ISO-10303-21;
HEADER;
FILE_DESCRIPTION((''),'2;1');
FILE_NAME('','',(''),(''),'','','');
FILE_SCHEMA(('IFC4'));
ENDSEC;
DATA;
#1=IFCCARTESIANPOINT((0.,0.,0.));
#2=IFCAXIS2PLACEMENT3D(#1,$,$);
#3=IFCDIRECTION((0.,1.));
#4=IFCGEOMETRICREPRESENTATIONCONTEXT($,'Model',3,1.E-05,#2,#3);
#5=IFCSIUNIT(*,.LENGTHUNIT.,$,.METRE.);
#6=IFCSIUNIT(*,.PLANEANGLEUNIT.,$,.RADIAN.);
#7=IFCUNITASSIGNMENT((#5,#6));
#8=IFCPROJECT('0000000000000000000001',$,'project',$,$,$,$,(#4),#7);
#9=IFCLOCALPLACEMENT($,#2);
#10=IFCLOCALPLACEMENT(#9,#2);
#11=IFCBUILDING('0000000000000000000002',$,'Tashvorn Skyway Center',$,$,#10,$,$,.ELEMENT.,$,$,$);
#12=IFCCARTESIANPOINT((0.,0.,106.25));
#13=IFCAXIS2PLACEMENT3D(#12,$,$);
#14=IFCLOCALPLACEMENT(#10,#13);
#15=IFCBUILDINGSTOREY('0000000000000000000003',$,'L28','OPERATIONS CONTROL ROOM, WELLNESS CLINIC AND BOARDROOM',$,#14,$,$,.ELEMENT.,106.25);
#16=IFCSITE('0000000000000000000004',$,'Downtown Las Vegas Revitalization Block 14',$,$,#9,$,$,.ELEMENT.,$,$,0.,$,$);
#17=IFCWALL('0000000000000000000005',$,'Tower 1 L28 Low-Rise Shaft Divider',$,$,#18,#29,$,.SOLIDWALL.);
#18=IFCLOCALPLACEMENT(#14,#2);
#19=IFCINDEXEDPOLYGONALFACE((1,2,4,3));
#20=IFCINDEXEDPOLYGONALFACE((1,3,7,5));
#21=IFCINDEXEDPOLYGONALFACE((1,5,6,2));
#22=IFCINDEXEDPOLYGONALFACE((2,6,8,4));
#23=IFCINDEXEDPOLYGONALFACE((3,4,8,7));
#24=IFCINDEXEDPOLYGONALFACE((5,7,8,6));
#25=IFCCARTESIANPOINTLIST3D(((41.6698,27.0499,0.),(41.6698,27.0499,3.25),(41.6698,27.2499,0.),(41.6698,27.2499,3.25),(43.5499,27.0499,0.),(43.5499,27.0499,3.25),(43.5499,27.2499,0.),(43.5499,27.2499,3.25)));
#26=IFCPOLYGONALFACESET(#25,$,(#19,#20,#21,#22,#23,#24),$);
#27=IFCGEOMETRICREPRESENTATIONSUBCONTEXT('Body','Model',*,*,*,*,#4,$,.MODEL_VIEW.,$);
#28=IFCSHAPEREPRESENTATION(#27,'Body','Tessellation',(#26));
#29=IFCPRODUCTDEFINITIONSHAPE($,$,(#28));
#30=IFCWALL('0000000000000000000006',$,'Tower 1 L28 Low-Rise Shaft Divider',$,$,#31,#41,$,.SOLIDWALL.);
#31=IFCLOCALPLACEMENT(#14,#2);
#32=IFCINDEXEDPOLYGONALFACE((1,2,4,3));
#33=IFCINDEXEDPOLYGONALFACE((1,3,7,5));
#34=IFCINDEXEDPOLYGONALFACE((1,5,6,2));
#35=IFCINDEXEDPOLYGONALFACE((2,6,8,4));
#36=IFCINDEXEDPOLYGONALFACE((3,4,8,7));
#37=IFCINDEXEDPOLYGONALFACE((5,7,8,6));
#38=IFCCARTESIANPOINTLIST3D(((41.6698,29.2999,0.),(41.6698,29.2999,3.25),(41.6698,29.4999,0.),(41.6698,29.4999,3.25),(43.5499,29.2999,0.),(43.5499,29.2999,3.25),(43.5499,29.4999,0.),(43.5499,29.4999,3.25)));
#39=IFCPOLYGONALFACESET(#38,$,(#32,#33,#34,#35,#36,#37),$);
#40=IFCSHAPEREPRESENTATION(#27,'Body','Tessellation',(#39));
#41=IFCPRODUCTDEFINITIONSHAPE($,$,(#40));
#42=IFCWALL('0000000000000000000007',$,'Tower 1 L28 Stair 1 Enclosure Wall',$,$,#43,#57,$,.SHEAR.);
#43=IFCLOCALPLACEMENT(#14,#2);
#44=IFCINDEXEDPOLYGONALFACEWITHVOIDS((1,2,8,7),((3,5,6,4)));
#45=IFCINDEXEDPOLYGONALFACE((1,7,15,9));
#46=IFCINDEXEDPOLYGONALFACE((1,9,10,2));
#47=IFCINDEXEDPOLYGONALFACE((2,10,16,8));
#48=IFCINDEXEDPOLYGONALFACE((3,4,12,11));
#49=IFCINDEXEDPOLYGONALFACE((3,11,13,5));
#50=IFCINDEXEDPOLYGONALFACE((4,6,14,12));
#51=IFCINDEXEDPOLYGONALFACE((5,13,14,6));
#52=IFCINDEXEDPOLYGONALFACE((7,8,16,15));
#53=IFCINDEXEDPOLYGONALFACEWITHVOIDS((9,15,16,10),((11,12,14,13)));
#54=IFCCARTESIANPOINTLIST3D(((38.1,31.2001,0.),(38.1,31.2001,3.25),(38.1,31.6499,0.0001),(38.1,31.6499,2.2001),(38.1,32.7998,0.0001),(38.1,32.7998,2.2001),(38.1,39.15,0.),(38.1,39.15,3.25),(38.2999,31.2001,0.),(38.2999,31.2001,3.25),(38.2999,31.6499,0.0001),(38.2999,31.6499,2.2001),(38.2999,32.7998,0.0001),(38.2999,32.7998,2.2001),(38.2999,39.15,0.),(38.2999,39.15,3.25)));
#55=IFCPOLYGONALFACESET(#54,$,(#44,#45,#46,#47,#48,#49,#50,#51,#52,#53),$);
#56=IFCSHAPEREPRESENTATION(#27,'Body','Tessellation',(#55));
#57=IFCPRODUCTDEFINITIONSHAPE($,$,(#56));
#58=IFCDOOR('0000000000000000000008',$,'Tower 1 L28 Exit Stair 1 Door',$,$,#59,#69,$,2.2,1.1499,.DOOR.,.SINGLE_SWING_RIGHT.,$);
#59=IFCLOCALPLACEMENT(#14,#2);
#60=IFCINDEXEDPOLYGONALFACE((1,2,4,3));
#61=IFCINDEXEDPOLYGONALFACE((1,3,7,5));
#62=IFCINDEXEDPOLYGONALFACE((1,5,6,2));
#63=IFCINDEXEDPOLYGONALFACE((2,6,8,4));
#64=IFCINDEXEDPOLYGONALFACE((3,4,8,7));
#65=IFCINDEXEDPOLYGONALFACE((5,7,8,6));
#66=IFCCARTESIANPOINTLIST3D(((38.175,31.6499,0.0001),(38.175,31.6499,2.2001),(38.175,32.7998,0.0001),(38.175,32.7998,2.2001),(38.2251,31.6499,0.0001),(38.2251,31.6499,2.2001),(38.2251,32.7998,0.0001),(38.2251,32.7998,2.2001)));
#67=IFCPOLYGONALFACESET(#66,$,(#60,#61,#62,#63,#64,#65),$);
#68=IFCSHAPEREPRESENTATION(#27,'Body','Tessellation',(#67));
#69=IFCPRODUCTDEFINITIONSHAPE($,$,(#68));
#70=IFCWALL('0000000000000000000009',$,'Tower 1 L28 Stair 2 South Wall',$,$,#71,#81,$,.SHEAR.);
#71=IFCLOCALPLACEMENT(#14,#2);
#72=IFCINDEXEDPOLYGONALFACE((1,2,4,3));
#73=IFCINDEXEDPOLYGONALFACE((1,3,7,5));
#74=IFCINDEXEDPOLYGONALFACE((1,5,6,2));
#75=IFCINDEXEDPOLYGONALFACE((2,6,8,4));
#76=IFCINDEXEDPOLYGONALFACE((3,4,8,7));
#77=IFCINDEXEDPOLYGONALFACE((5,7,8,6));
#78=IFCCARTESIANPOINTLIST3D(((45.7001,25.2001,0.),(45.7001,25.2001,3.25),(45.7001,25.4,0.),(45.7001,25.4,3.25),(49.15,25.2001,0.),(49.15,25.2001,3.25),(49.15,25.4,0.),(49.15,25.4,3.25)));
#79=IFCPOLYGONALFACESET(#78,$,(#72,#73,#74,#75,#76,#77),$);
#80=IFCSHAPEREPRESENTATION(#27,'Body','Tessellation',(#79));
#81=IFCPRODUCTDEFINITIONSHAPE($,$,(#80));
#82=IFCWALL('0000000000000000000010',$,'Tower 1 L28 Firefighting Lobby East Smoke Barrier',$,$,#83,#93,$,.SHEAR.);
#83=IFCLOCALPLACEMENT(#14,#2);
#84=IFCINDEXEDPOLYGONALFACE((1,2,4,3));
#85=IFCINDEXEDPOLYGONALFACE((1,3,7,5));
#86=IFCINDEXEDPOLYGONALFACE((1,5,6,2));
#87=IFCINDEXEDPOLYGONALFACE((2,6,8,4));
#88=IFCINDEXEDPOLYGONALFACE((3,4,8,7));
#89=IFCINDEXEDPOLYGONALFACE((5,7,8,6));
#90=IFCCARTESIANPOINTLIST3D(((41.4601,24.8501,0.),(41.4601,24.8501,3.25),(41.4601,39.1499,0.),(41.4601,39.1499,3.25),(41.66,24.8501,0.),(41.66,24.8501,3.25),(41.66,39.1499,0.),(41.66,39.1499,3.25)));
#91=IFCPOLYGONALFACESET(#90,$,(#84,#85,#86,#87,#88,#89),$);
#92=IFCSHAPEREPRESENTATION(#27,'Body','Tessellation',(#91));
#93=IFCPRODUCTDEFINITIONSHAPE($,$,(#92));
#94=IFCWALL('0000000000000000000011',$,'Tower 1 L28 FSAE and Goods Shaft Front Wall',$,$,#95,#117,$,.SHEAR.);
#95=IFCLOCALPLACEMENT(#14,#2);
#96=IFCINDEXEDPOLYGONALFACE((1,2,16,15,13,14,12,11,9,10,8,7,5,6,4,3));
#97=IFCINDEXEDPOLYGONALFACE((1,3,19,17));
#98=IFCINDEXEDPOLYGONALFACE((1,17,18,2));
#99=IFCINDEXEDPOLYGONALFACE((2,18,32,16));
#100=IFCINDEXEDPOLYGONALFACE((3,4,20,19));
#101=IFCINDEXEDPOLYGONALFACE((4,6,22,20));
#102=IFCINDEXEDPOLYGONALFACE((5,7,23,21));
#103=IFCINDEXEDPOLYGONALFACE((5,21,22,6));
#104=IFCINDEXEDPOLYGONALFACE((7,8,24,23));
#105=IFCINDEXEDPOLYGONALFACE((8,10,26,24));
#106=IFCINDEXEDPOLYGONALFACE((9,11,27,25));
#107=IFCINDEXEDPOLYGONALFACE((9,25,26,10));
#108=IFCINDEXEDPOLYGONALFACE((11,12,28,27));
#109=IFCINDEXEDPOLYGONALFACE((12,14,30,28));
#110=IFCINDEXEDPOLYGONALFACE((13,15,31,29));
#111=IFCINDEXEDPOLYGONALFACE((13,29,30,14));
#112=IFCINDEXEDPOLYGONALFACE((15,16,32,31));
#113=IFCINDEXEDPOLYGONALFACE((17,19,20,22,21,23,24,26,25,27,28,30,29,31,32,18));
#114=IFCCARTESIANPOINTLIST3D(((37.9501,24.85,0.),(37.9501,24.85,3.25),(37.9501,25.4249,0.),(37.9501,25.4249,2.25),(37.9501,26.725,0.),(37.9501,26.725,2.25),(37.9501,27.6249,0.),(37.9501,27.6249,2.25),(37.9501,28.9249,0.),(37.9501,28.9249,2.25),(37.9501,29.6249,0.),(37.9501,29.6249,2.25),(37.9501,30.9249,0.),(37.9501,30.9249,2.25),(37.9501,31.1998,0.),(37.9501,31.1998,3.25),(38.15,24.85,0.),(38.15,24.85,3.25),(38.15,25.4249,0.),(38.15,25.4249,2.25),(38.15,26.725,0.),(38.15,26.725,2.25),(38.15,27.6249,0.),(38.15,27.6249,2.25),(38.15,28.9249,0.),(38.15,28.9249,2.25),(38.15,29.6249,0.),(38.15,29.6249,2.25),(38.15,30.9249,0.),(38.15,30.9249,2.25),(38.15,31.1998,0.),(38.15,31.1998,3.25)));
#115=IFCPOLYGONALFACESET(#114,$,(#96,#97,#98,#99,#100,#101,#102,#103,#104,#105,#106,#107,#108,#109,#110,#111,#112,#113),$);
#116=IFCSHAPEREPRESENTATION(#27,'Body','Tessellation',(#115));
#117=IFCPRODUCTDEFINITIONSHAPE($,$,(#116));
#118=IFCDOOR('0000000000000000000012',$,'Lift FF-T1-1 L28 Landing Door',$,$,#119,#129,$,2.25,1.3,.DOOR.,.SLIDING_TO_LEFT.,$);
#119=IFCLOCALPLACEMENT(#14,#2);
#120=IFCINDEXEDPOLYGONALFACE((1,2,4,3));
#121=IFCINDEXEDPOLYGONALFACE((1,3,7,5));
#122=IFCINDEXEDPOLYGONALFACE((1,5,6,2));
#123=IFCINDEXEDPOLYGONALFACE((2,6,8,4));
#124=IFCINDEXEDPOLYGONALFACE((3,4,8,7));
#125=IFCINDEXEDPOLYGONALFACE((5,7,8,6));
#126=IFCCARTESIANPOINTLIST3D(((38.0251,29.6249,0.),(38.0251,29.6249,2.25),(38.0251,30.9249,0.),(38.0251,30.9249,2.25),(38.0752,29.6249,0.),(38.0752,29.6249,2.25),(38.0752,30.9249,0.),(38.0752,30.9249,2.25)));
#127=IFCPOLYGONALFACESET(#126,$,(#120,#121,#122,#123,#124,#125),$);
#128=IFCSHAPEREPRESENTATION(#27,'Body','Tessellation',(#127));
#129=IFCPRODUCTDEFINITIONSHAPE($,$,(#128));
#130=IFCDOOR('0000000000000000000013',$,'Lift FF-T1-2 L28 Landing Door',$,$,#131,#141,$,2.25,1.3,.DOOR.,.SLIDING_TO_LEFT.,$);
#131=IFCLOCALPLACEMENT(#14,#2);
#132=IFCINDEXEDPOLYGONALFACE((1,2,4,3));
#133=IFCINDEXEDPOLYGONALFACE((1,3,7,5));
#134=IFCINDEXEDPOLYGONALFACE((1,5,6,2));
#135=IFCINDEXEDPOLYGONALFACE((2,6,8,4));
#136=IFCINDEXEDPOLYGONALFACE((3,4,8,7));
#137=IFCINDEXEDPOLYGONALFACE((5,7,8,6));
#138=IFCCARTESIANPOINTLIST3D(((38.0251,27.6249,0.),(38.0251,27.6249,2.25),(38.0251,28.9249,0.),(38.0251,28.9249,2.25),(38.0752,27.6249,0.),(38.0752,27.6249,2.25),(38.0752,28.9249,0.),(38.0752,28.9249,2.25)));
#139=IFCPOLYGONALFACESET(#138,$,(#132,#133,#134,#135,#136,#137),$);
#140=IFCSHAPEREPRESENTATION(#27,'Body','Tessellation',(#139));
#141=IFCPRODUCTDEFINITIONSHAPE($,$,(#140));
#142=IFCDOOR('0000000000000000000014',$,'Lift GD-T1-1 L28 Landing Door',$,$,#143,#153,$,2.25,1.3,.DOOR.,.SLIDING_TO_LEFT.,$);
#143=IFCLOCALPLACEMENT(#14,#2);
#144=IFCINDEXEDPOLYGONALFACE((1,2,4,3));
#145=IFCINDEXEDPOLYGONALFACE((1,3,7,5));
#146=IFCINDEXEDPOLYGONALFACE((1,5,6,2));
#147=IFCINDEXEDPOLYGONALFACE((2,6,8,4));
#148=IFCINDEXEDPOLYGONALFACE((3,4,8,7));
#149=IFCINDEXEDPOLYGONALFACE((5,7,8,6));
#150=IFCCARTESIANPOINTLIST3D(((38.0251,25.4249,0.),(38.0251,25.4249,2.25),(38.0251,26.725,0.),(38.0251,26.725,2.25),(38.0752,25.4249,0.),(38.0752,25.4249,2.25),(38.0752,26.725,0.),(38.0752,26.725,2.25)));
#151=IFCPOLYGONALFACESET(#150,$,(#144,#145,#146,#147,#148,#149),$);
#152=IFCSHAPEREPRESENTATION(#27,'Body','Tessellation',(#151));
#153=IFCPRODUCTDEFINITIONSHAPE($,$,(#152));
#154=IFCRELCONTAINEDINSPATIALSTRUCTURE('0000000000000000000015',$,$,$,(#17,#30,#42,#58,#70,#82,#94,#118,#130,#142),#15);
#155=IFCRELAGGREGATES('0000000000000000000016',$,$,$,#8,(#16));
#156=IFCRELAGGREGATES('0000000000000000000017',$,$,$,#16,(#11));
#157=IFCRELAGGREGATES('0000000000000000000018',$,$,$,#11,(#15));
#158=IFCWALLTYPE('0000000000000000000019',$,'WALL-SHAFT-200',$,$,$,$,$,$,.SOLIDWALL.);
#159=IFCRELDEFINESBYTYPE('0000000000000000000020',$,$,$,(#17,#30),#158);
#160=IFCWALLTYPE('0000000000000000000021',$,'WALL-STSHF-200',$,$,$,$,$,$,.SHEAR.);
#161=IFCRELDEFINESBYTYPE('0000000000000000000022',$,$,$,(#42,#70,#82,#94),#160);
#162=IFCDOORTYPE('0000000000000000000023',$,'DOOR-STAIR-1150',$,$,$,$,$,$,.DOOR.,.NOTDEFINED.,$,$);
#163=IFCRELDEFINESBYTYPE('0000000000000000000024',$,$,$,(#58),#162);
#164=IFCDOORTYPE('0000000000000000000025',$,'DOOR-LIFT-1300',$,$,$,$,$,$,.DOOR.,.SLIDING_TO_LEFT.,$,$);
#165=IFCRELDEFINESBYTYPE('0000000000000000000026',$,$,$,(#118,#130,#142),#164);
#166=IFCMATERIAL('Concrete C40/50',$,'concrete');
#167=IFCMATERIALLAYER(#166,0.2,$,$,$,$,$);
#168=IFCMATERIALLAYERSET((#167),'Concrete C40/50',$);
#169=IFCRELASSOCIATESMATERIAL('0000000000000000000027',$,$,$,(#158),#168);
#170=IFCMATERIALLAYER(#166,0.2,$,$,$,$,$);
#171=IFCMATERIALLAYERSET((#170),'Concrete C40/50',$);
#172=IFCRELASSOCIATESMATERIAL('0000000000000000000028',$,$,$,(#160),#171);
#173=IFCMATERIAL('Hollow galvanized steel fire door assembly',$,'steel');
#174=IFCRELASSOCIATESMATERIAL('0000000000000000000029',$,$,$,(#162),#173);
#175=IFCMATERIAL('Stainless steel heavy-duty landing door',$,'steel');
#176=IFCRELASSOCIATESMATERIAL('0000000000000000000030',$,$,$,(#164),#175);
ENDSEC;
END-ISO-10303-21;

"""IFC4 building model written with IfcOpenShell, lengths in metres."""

from ifc_helpers import new_model, si_unit, direction, frame, frame_2d, origin, place, context, subcontext, project, spatial, rectangle, extrude, material, layer, layer_set, type_object, element, fill, save


model = new_model("IFC4")

# Units and contexts
model_context = context("Model", 3, precision=1e-05, world=origin(), true_north=direction((0.0, 1.0)))
body_context = subcontext(model_context, "Body", "Model", "MODEL_VIEW")
ifc_project = project(units=[si_unit("LENGTHUNIT", "METRE"), si_unit("PLANEANGLEUNIT", "RADIAN")], contexts=[model_context])

# Site, building, storey
site_placement = place(None, origin())
site = spatial("IfcSite", under=ifc_project, at=site_placement, Name="Downtown Las Vegas Revitalization Block 14", CompositionType="ELEMENT", RefElevation=0.0)
building_placement = place(site_placement, origin())
building = spatial("IfcBuilding", under=site, at=building_placement, Name="Tashvorn Skyway Center", CompositionType="ELEMENT")
storey_placement = place(building_placement, frame((0.0, 0.0, 106.25)))
storey = spatial("IfcBuildingStorey", under=building, at=storey_placement, Name="L28", Description="OPERATIONS CONTROL ROOM, WELLNESS CLINIC AND BOARDROOM", CompositionType="ELEMENT", Elevation=106.25)

# Shared definitions
ifc_material_1 = material(Name="Concrete C40/50", Category="concrete")
ifc_material_2 = material(Name="Hollow galvanized steel fire door assembly", Category="steel")

# Shared definitions
ifc_layer_1 = layer(ifc_material_1, 0.2)
ifc_layer_set_1 = layer_set([ifc_layer_1], Name="Concrete C40/50")
wall_type_1 = type_object("IfcWallType", Name="WALL-SHAFT-200", PredefinedType="SOLIDWALL", material=ifc_layer_set_1)

# Walls
for number, where, z_axis, x_axis, name in (
    (1, (41.6699, 27.1499, 0.0), (0.0, 0.0, 1.0), (1.0, 0.0, 0.0), "Tower 1 L28 Low-Rise Shaft Divider"),
    (2, (41.6699, 29.3999, 0.0), (0.0, 0.0, 1.0), (1.0, 0.0, 0.0), "Tower 1 L28 Low-Rise Shaft Divider"),
):
    element("IfcWall", number, at=place(storey_placement, frame(where, z_axis=z_axis, x_axis=x_axis)), inside=storey, type_object=wall_type_1, Name=name, PredefinedType="SOLIDWALL", context=body_context, shape_type="SweptSolid", body=[
        extrude(rectangle(XDim=1.8801, YDim=0.2, at=frame_2d((0.9399, 0.0))), origin(), (0.0, 0.0, 1.0), 3.25),
    ])

# Wall, opening, door
ifc_layer_2 = layer(ifc_material_1, 0.2)
ifc_layer_set_2 = layer_set([ifc_layer_2], Name="Concrete C40/50")
wall_type_2 = type_object("IfcWallType", Name="WALL-STSHF-200", PredefinedType="SHEAR", material=ifc_layer_set_2)
wall_1_placement = place(storey_placement, frame((38.2, 31.2, 0.0), z_axis=(0.0, 0.0, 1.0), x_axis=(0.0, 1.0, 0.0)))
wall_1 = element("IfcWall", 3, at=wall_1_placement, inside=storey, type_object=wall_type_2, Name="Tower 1 L28 Stair 1 Enclosure Wall", PredefinedType="SHEAR", context=body_context, shape_type="SweptSolid", body=[
    extrude(rectangle(XDim=7.95, YDim=0.2, at=frame_2d((3.9751, 0.0))), origin(), (0.0, 0.0, 1.0), 3.25),
])
opening_1_placement = place(wall_1_placement, frame((0.45, 0.0, 0.0)))
opening_1 = element("IfcOpeningElement", 4, at=opening_1_placement, cuts=wall_1, PredefinedType="OPENING", context=body_context, shape_type="SweptSolid", body=[
    extrude(rectangle(XDim=1.1499, YDim=2.2, at=frame_2d((0.575, 1.1001))), frame((0.0, 0.1099, 0.0), z_axis=(0.0, -1.0, 0.0), x_axis=(1.0, 0.0, 0.0)), (0.0, 0.0, 1.0), 0.22),
])
door_type_1 = type_object("IfcDoorType", Name="DOOR-STAIR-1150", OperationType="NOTDEFINED", PredefinedType="DOOR", material=ifc_material_2)
door_1_placement = place(opening_1_placement, origin())
door_1 = element("IfcDoor", 5, at=door_1_placement, inside=storey, type_object=door_type_1, Name="Tower 1 L28 Exit Stair 1 Door", OperationType="SINGLE_SWING_RIGHT", OverallHeight=2.2, OverallWidth=1.1499, PredefinedType="DOOR", context=body_context, shape_type="SweptSolid", body=[
    extrude(rectangle(XDim=1.1499, YDim=2.2, at=frame_2d((0.575, 1.1001))), frame((0.0, 0.0249, 0.0), z_axis=(0.0, -1.0, 0.0), x_axis=(1.0, 0.0, 0.0)), (0.0, 0.0, 1.0), 0.05),
])
fill(opening_1, door_1)

# Walls
wall_2_placement = place(storey_placement, frame((45.7, 25.3, 0.0), z_axis=(0.0, 0.0, 1.0), x_axis=(1.0, 0.0, 0.0)))
element("IfcWall", 6, at=wall_2_placement, inside=storey, type_object=wall_type_2, Name="Tower 1 L28 Stair 2 South Wall", PredefinedType="SHEAR", context=body_context, shape_type="SweptSolid", body=[
    extrude(rectangle(XDim=3.45, YDim=0.2, at=frame_2d((1.7251, 0.0))), origin(), (0.0, 0.0, 1.0), 3.25),
])
wall_3_placement = place(storey_placement, frame((41.5601, 24.8501, 0.0), z_axis=(0.0, 0.0, 1.0), x_axis=(0.0, 1.0, 0.0)))
element("IfcWall", 7, at=wall_3_placement, inside=storey, type_object=wall_type_2, Name="Tower 1 L28 Firefighting Lobby East Smoke Barrier", PredefinedType="SHEAR", context=body_context, shape_type="SweptSolid", body=[
    extrude(rectangle(XDim=14.2998, YDim=0.2, at=frame_2d((7.1499, 0.0))), origin(), (0.0, 0.0, 1.0), 3.25),
])

# Wall, openings, doors
wall_4_placement = place(storey_placement, frame((38.05, 24.8501, 0.0), z_axis=(0.0, 0.0, 1.0), x_axis=(0.0, 1.0, 0.0)))
wall_4 = element("IfcWall", 8, at=wall_4_placement, inside=storey, type_object=wall_type_2, Name="Tower 1 L28 FSAE and Goods Shaft Front Wall", PredefinedType="SHEAR", context=body_context, shape_type="SweptSolid", body=[
    extrude(rectangle(XDim=6.3499, YDim=0.2, at=frame_2d((3.1748, 0.0))), origin(), (0.0, 0.0, 1.0), 3.25),
])
opening_2_placement = place(wall_4_placement, frame((4.7749, 0.0, 0.0)))
opening_2 = element("IfcOpeningElement", 9, at=opening_2_placement, cuts=wall_4, PredefinedType="OPENING", context=body_context, shape_type="SweptSolid", body=[
    extrude(rectangle(XDim=1.3, YDim=2.25, at=frame_2d((0.6499, 1.125))), frame((0.0, 0.1099, 0.0), z_axis=(0.0, -1.0, 0.0), x_axis=(1.0, 0.0, 0.0)), (0.0, 0.0, 1.0), 0.22),
])
opening_3_placement = place(wall_4_placement, frame((2.7749, 0.0, 0.0)))
opening_3 = element("IfcOpeningElement", 10, at=opening_3_placement, cuts=wall_4, PredefinedType="OPENING", context=body_context, shape_type="SweptSolid", body=[
    extrude(rectangle(XDim=1.3, YDim=2.25, at=frame_2d((0.6499, 1.125))), frame((0.0, 0.1099, 0.0), z_axis=(0.0, -1.0, 0.0), x_axis=(1.0, 0.0, 0.0)), (0.0, 0.0, 1.0), 0.22),
])
opening_4_placement = place(wall_4_placement, frame((0.575, 0.0, 0.0)))
opening_4 = element("IfcOpeningElement", 11, at=opening_4_placement, cuts=wall_4, PredefinedType="OPENING", context=body_context, shape_type="SweptSolid", body=[
    extrude(rectangle(XDim=1.3, YDim=2.25, at=frame_2d((0.6499, 1.125))), frame((0.0, 0.1099, 0.0), z_axis=(0.0, -1.0, 0.0), x_axis=(1.0, 0.0, 0.0)), (0.0, 0.0, 1.0), 0.22),
])
ifc_material_3 = material(Name="Stainless steel heavy-duty landing door", Category="steel")
door_type_2 = type_object("IfcDoorType", Name="DOOR-LIFT-1300", OperationType="SLIDING_TO_LEFT", PredefinedType="DOOR", material=ifc_material_3)
door_2_placement = place(opening_2_placement, origin())
door_2 = element("IfcDoor", 12, at=door_2_placement, inside=storey, type_object=door_type_2, Name="Lift FF-T1-1 L28 Landing Door", OperationType="SLIDING_TO_LEFT", OverallHeight=2.25, OverallWidth=1.3, PredefinedType="DOOR", context=body_context, shape_type="SweptSolid", body=[
    extrude(rectangle(XDim=1.3, YDim=2.25, at=frame_2d((0.6499, 1.125))), frame((0.0, 0.0249, 0.0), z_axis=(0.0, -1.0, 0.0), x_axis=(1.0, 0.0, 0.0)), (0.0, 0.0, 1.0), 0.05),
])
fill(opening_2, door_2)
door_3_placement = place(opening_3_placement, origin())
door_3 = element("IfcDoor", 13, at=door_3_placement, inside=storey, type_object=door_type_2, Name="Lift FF-T1-2 L28 Landing Door", OperationType="SLIDING_TO_LEFT", OverallHeight=2.25, OverallWidth=1.3, PredefinedType="DOOR", context=body_context, shape_type="SweptSolid", body=[
    extrude(rectangle(XDim=1.3, YDim=2.25, at=frame_2d((0.6499, 1.125))), frame((0.0, 0.0249, 0.0), z_axis=(0.0, -1.0, 0.0), x_axis=(1.0, 0.0, 0.0)), (0.0, 0.0, 1.0), 0.05),
])
fill(opening_3, door_3)
door_4_placement = place(opening_4_placement, origin())
door_4 = element("IfcDoor", 14, at=door_4_placement, inside=storey, type_object=door_type_2, Name="Lift GD-T1-1 L28 Landing Door", OperationType="SLIDING_TO_LEFT", OverallHeight=2.25, OverallWidth=1.3, PredefinedType="DOOR", context=body_context, shape_type="SweptSolid", body=[
    extrude(rectangle(XDim=1.3, YDim=2.25, at=frame_2d((0.6499, 1.125))), frame((0.0, 0.0249, 0.0), z_axis=(0.0, -1.0, 0.0), x_axis=(1.0, 0.0, 0.0)), (0.0, 0.0, 1.0), 0.05),
])
fill(opening_4, door_4)

save(model, "model.ifc")
